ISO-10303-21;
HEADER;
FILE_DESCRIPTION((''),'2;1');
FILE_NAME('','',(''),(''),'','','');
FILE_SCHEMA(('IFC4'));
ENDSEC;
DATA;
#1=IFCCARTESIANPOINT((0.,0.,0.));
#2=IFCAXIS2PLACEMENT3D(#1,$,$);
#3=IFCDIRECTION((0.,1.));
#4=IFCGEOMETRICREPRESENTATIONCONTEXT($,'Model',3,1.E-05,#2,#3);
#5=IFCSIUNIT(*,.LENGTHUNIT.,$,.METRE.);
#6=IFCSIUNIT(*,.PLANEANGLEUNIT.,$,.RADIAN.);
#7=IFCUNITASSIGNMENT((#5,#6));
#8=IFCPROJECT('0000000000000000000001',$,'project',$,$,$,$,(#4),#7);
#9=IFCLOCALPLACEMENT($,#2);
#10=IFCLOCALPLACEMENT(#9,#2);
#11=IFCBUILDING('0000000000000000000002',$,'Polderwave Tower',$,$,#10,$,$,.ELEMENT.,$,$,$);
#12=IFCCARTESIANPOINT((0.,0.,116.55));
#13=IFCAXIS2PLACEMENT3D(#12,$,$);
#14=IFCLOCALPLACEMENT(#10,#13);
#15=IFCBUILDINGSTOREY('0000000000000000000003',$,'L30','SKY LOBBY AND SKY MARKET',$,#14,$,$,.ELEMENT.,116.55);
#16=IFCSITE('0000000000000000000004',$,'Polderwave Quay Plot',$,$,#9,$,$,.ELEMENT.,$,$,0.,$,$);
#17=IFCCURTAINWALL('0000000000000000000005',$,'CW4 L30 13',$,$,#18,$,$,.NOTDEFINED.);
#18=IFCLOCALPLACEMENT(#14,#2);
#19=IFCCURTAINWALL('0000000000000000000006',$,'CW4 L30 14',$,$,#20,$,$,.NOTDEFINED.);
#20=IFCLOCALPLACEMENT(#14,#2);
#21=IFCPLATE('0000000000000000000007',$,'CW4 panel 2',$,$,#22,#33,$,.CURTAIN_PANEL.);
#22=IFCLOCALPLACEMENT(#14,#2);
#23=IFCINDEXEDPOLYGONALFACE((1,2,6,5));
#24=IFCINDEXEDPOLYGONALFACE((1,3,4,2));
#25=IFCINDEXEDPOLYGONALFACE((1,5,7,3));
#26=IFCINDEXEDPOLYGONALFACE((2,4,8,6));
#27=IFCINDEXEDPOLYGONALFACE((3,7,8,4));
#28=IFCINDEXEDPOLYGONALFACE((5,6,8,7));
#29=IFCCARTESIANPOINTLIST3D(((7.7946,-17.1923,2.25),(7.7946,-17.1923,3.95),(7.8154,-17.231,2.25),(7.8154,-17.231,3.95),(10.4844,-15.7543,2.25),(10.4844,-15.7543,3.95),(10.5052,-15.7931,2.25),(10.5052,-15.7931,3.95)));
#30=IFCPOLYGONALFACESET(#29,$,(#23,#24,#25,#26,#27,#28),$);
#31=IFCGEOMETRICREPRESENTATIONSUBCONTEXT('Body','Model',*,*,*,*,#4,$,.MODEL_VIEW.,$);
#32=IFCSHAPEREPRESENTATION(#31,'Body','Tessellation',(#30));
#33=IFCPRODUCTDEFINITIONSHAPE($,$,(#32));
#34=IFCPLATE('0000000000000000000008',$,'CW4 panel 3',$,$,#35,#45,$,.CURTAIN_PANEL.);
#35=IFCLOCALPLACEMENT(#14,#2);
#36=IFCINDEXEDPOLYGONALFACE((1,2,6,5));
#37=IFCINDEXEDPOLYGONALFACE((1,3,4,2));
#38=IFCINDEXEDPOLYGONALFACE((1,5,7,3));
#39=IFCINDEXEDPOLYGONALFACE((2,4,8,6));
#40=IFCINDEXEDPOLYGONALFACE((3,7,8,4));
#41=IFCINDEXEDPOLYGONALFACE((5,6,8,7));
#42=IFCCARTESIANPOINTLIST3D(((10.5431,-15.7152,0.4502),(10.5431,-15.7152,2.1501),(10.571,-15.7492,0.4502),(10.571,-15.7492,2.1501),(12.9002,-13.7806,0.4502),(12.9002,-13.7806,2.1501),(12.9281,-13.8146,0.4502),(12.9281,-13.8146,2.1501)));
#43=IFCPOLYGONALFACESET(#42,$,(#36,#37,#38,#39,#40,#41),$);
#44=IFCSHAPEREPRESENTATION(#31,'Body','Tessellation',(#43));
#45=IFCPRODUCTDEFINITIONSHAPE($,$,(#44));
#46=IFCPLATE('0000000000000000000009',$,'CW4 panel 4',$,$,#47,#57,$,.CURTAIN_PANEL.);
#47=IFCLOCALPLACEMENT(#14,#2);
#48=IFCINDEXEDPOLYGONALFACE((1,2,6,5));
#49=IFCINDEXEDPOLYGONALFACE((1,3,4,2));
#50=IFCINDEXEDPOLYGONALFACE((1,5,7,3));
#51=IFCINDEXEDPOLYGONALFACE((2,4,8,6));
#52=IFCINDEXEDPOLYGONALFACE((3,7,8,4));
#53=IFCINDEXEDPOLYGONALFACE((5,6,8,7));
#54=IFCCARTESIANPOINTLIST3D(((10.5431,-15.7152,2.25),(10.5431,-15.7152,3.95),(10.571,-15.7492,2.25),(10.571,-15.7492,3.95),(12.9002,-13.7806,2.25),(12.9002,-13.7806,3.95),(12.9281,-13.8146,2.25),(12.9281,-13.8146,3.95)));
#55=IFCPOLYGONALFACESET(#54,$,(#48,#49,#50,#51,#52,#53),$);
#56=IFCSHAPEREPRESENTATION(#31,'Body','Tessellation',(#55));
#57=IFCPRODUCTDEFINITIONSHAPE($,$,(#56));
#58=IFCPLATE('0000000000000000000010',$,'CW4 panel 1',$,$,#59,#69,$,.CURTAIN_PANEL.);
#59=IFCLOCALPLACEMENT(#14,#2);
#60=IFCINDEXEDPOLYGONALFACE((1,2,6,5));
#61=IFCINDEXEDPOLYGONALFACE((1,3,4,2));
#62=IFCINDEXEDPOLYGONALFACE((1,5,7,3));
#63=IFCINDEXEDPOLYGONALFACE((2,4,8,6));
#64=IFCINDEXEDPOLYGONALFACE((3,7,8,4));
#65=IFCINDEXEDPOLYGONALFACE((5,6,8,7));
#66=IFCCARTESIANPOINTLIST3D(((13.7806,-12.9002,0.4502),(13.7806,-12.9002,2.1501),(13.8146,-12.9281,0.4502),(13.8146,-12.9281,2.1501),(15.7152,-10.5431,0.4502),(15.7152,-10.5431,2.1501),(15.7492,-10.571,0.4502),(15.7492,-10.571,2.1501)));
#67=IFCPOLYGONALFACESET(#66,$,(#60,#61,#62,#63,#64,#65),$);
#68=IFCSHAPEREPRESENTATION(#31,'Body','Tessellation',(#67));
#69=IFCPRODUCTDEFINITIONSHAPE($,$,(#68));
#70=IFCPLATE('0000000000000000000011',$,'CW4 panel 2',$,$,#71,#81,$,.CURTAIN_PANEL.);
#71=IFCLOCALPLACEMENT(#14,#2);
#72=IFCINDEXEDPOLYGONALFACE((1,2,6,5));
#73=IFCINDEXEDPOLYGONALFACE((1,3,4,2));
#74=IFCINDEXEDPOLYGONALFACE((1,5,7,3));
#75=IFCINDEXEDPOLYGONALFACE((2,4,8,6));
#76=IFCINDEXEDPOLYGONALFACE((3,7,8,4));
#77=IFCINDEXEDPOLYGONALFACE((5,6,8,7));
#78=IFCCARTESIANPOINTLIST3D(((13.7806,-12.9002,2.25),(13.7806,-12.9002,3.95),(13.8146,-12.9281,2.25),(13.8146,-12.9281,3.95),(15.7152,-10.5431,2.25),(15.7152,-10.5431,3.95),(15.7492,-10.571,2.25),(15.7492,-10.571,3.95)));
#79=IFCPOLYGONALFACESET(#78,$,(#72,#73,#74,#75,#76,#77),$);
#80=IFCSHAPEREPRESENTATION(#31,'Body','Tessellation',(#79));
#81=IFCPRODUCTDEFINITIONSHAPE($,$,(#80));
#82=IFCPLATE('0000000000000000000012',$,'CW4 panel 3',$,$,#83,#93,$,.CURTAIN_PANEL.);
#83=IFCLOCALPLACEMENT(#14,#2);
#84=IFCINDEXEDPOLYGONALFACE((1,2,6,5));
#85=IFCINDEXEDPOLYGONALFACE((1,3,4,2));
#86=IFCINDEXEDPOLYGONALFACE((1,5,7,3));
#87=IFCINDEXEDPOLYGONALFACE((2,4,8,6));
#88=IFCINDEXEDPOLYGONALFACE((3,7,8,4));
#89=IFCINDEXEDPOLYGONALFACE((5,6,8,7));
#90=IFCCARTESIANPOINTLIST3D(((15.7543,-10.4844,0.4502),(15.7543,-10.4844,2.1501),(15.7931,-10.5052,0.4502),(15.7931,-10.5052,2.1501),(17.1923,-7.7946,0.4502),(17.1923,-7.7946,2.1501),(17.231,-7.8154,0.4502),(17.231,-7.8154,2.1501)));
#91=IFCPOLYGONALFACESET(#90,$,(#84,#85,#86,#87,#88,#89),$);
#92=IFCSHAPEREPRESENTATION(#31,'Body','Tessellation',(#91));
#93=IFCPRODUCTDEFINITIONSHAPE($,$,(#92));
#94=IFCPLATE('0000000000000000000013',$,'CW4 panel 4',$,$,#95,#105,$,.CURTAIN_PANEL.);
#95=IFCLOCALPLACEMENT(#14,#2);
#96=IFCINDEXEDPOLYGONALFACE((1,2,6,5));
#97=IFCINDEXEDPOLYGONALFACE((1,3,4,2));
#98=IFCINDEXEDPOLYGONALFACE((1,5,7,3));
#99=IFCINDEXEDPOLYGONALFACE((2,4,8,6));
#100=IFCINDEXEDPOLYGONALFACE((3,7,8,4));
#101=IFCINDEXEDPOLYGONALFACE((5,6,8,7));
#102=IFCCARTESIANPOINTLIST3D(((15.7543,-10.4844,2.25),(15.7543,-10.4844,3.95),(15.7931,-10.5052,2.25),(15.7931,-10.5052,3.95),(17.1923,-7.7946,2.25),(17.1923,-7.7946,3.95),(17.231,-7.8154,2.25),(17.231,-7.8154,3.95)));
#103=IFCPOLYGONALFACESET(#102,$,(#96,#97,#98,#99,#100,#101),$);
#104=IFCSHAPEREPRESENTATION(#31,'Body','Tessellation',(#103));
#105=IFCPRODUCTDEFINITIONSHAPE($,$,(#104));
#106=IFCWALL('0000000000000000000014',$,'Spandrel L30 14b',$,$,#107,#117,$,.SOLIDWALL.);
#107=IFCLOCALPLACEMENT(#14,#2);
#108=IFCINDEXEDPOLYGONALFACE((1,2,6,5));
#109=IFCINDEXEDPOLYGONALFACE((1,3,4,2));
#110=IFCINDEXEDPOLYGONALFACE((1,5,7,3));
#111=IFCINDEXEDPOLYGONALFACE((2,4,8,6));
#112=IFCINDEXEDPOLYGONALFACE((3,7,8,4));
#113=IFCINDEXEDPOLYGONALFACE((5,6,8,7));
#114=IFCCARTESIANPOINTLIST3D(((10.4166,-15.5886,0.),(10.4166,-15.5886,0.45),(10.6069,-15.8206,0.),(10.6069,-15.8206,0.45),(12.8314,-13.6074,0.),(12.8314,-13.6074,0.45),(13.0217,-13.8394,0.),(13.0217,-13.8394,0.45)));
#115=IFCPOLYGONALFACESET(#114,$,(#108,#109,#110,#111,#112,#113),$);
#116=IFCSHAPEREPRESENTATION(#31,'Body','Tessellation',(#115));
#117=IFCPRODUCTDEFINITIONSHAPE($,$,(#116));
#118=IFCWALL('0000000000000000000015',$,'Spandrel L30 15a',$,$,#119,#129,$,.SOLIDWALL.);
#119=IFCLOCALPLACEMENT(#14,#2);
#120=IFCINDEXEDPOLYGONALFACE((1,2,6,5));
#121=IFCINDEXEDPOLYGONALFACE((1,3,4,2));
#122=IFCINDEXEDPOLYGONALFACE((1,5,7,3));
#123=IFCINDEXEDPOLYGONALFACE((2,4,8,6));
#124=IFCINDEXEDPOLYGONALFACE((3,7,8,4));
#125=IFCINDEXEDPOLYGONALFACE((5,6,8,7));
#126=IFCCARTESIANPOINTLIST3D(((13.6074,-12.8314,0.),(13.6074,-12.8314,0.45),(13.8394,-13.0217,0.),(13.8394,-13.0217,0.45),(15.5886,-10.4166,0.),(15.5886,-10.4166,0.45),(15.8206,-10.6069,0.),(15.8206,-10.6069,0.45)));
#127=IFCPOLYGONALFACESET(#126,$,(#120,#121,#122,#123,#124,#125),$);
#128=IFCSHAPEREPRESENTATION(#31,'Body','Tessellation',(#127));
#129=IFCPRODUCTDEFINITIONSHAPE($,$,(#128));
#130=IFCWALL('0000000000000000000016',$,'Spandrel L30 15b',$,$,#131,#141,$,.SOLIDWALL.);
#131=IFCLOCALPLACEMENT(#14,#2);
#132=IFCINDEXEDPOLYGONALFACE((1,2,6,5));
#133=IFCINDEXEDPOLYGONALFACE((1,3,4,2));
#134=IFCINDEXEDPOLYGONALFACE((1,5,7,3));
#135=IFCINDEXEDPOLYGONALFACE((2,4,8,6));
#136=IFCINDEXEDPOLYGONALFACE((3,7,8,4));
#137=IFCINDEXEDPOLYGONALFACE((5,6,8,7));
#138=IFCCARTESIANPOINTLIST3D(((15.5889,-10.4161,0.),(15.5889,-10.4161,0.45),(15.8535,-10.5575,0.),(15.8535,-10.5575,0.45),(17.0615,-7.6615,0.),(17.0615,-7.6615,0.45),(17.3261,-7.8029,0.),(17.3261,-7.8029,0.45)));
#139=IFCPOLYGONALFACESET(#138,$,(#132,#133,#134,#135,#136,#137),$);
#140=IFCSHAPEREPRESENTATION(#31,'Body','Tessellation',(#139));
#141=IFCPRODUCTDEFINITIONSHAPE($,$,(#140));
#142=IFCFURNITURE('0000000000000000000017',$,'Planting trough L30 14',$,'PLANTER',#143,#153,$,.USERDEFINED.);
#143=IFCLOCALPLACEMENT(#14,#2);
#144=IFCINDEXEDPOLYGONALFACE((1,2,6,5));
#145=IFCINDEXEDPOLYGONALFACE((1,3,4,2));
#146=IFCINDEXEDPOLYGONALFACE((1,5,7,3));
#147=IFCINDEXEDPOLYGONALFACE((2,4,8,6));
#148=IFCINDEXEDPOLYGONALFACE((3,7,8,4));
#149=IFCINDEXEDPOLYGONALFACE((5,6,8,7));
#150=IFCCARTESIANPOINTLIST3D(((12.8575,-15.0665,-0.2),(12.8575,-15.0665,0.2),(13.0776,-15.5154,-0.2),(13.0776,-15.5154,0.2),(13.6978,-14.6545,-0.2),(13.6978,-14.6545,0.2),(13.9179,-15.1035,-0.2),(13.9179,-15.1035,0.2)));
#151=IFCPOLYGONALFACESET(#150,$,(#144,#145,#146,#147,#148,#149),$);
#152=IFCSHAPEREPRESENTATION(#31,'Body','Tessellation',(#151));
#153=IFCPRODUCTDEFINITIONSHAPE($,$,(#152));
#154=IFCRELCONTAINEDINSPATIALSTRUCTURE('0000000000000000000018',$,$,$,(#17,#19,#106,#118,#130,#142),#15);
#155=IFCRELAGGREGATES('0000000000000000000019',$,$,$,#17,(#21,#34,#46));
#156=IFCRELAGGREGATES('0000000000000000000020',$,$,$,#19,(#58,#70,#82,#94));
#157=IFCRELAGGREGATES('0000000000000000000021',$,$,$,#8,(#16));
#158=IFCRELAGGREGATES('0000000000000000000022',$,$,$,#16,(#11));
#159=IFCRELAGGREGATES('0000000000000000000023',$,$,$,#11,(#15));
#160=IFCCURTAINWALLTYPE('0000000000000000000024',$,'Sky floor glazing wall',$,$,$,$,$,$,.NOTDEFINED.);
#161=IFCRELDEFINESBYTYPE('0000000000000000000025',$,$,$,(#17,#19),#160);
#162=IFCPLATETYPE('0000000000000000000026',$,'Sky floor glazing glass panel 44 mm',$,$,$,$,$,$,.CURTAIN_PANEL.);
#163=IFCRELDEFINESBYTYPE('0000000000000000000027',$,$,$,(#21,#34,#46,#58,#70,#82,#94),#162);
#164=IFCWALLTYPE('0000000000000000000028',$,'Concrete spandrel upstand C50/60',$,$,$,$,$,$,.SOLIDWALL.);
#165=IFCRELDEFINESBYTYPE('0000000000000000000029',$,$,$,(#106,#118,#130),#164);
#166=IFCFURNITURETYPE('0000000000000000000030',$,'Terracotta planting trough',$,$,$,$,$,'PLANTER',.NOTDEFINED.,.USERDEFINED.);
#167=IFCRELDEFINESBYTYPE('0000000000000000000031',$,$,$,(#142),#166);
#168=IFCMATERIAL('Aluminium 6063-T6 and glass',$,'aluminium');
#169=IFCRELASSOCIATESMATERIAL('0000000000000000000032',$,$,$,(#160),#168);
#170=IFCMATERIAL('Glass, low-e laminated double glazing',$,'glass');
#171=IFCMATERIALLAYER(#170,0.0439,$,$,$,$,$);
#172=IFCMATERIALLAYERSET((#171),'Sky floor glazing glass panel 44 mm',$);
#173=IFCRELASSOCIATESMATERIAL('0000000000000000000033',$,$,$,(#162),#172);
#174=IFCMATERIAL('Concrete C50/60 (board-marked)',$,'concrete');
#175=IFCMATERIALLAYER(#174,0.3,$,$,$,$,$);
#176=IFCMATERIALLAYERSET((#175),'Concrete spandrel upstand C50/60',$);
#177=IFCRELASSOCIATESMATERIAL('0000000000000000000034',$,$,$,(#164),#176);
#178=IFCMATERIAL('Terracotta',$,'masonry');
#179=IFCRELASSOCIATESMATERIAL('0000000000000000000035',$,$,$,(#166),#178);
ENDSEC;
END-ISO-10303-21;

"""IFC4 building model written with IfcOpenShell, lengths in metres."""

from ifc_helpers import new_model, si_unit, direction, frame, frame_2d, origin, origin_2d, place, context, subcontext, project, spatial, rectangle, extrude, material, layer, layer_set, type_object, element, aggregate, save


model = new_model("IFC4")

# Units and contexts
model_context = context("Model", 3, precision=1e-05, world=origin(), true_north=direction((0.0, 1.0)))
body_context = subcontext(model_context, "Body", "Model", "MODEL_VIEW")
ifc_project = project(units=[si_unit("LENGTHUNIT", "METRE"), si_unit("PLANEANGLEUNIT", "RADIAN")], contexts=[model_context])

# Site, building, storey
site_placement = place(None, origin())
site = spatial("IfcSite", under=ifc_project, at=site_placement, Name="Polderwave Quay Plot", CompositionType="ELEMENT", RefElevation=0.0)
building_placement = place(site_placement, origin())
building = spatial("IfcBuilding", under=site, at=building_placement, Name="Polderwave Tower", CompositionType="ELEMENT")
storey_placement = place(building_placement, frame((0.0, 0.0, 116.55)))
storey = spatial("IfcBuildingStorey", under=building, at=storey_placement, Name="L30", Description="SKY LOBBY AND SKY MARKET", CompositionType="ELEMENT", Elevation=116.55)

# Curtain walls
ifc_material_1 = material(Name="Aluminium 6063-T6 and glass", Category="aluminium")
curtain_wall_type = type_object("IfcCurtainWallType", Name="Sky floor glazing wall", PredefinedType="NOTDEFINED", material=ifc_material_1)
curtain_wall_1_placement = place(storey_placement, origin())
curtain_wall_1 = element("IfcCurtainWall", 1, at=curtain_wall_1_placement, inside=storey, type_object=curtain_wall_type, Name="CW4 L30 13", PredefinedType="NOTDEFINED")
curtain_wall_2_placement = place(storey_placement, origin())
curtain_wall_2 = element("IfcCurtainWall", 2, at=curtain_wall_2_placement, inside=storey, type_object=curtain_wall_type, Name="CW4 L30 14", PredefinedType="NOTDEFINED")

# Plates
ifc_material_2 = material(Name="Glass, low-e laminated double glazing", Category="glass")
ifc_layer_1 = layer(ifc_material_2, 0.0439)
ifc_layer_set_1 = layer_set([ifc_layer_1], Name="Sky floor glazing glass panel 44 mm")
plate_type = type_object("IfcPlateType", Name="Sky floor glazing glass panel 44 mm", PredefinedType="CURTAIN_PANEL", material=ifc_layer_set_1)
plate_1_placement = place(storey_placement, frame((9.1499, -16.4927, 2.25), z_axis=(0.0, 0.0, 1.0), x_axis=(0.881888, 0.471458, 0.0)))
plate_1 = element("IfcPlate", 3, at=plate_1_placement, type_object=plate_type, Name="CW4 panel 2", PredefinedType="CURTAIN_PANEL", context=body_context, shape_type="SweptSolid", body=[
    extrude(rectangle(XDim=3.05, YDim=0.0439, at=origin_2d()), origin(), (0.0, 0.0, 1.0), 1.7),
])
plate_2_placement = place(storey_placement, frame((11.7356, -14.7649, 0.4502), z_axis=(0.0, 0.0, 1.0), x_axis=(0.772969, 0.634443, 0.0)))
plate_2 = element("IfcPlate", 4, at=plate_2_placement, type_object=plate_type, Name="CW4 panel 3", PredefinedType="CURTAIN_PANEL", context=body_context, shape_type="SweptSolid", body=[
    extrude(rectangle(XDim=3.0493, YDim=0.0439, at=origin_2d()), origin(), (0.0, 0.0, 1.0), 1.7),
])
plate_3_placement = place(storey_placement, frame((11.7356, -14.7649, 2.25), z_axis=(0.0, 0.0, 1.0), x_axis=(0.772969, 0.634443, 0.0)))
plate_3 = element("IfcPlate", 5, at=plate_3_placement, type_object=plate_type, Name="CW4 panel 4", PredefinedType="CURTAIN_PANEL", context=body_context, shape_type="SweptSolid", body=[
    extrude(rectangle(XDim=3.0493, YDim=0.0439, at=origin_2d()), origin(), (0.0, 0.0, 1.0), 1.7),
])
aggregate(curtain_wall_1, [plate_1, plate_2, plate_3])
plate_4_placement = place(storey_placement, frame((14.7649, -11.7356, 0.4502), z_axis=(0.0, 0.0, 1.0), x_axis=(0.634443, 0.772969, 0.0)))
plate_4 = element("IfcPlate", 6, at=plate_4_placement, type_object=plate_type, Name="CW4 panel 1", PredefinedType="CURTAIN_PANEL", context=body_context, shape_type="SweptSolid", body=[
    extrude(rectangle(XDim=3.0493, YDim=0.0439, at=origin_2d()), origin(), (0.0, 0.0, 1.0), 1.7),
])
plate_5_placement = place(storey_placement, frame((14.7649, -11.7356, 2.25), z_axis=(0.0, 0.0, 1.0), x_axis=(0.634443, 0.772969, 0.0)))
plate_5 = element("IfcPlate", 7, at=plate_5_placement, type_object=plate_type, Name="CW4 panel 2", PredefinedType="CURTAIN_PANEL", context=body_context, shape_type="SweptSolid", body=[
    extrude(rectangle(XDim=3.0493, YDim=0.0439, at=origin_2d()), origin(), (0.0, 0.0, 1.0), 1.7),
])
plate_6_placement = place(storey_placement, frame((16.4927, -9.1499, 0.4502), z_axis=(0.0, 0.0, 1.0), x_axis=(0.471458, 0.881888, 0.0)))
plate_6 = element("IfcPlate", 8, at=plate_6_placement, type_object=plate_type, Name="CW4 panel 3", PredefinedType="CURTAIN_PANEL", context=body_context, shape_type="SweptSolid", body=[
    extrude(rectangle(XDim=3.05, YDim=0.0439, at=origin_2d()), origin(), (0.0, 0.0, 1.0), 1.7),
])
plate_7_placement = place(storey_placement, frame((16.4927, -9.1499, 2.25), z_axis=(0.0, 0.0, 1.0), x_axis=(0.471458, 0.881888, 0.0)))
plate_7 = element("IfcPlate", 9, at=plate_7_placement, type_object=plate_type, Name="CW4 panel 4", PredefinedType="CURTAIN_PANEL", context=body_context, shape_type="SweptSolid", body=[
    extrude(rectangle(XDim=3.05, YDim=0.0439, at=origin_2d()), origin(), (0.0, 0.0, 1.0), 1.7),
])
aggregate(curtain_wall_2, [plate_4, plate_5, plate_6, plate_7])

# Walls
ifc_material_3 = material(Name="Concrete C50/60 (board-marked)", Category="concrete")
ifc_layer_2 = layer(ifc_material_3, 0.3)
ifc_layer_set_2 = layer_set([ifc_layer_2], Name="Concrete spandrel upstand C50/60")
wall_type = type_object("IfcWallType", Name="Concrete spandrel upstand C50/60", PredefinedType="SOLIDWALL", material=ifc_layer_set_2)
for number, where, z_axis, x_axis, name in (
    (10, (10.5117, -15.7046, 0.0), (0.0, 0.0, 1.0), (0.7731, 0.634284, 0.0), "Spandrel L30 14b"),
    (11, (13.7234, -12.9265, 0.0), (0.0, 0.0, 1.0), (0.634284, 0.7731, 0.0), "Spandrel L30 15a"),
    (12, (15.7212, -10.4868, 0.0), (0.0, 0.0, 1.0), (0.471464, 0.881885, 0.0), "Spandrel L30 15b"),
):
    element("IfcWall", number, at=place(storey_placement, frame(where, z_axis=z_axis, x_axis=x_axis)), inside=storey, type_object=wall_type, Name=name, PredefinedType="SOLIDWALL", context=body_context, shape_type="SweptSolid", body=[
        extrude(rectangle(XDim=3.1235, YDim=0.3, at=frame_2d((1.5618, 0.0))), origin(), (0.0, 0.0, 1.0), 0.45),
    ])

# Furniture
ifc_material_4 = material(Name="Terracotta", Category="masonry")
furniture_type = type_object("IfcFurnitureType", Name="Terracotta planting trough", ElementType="PLANTER", AssemblyPlace="NOTDEFINED", PredefinedType="USERDEFINED", material=ifc_material_4)
furniture_placement = place(storey_placement, frame((13.3877, -15.085, -0.2), z_axis=(0.0, 0.0, 1.0), x_axis=(0.897895, 0.44021, 0.0)))
element("IfcFurniture", 13, at=furniture_placement, inside=storey, type_object=furniture_type, Name="Planting trough L30 14", ObjectType="PLANTER", PredefinedType="USERDEFINED", context=body_context, shape_type="SweptSolid", body=[
    extrude(rectangle(XDim=0.9358, YDim=0.5, at=origin_2d()), origin(), (0.0, 0.0, 1.0), 0.3999),
])

save(model, "model.ifc")
